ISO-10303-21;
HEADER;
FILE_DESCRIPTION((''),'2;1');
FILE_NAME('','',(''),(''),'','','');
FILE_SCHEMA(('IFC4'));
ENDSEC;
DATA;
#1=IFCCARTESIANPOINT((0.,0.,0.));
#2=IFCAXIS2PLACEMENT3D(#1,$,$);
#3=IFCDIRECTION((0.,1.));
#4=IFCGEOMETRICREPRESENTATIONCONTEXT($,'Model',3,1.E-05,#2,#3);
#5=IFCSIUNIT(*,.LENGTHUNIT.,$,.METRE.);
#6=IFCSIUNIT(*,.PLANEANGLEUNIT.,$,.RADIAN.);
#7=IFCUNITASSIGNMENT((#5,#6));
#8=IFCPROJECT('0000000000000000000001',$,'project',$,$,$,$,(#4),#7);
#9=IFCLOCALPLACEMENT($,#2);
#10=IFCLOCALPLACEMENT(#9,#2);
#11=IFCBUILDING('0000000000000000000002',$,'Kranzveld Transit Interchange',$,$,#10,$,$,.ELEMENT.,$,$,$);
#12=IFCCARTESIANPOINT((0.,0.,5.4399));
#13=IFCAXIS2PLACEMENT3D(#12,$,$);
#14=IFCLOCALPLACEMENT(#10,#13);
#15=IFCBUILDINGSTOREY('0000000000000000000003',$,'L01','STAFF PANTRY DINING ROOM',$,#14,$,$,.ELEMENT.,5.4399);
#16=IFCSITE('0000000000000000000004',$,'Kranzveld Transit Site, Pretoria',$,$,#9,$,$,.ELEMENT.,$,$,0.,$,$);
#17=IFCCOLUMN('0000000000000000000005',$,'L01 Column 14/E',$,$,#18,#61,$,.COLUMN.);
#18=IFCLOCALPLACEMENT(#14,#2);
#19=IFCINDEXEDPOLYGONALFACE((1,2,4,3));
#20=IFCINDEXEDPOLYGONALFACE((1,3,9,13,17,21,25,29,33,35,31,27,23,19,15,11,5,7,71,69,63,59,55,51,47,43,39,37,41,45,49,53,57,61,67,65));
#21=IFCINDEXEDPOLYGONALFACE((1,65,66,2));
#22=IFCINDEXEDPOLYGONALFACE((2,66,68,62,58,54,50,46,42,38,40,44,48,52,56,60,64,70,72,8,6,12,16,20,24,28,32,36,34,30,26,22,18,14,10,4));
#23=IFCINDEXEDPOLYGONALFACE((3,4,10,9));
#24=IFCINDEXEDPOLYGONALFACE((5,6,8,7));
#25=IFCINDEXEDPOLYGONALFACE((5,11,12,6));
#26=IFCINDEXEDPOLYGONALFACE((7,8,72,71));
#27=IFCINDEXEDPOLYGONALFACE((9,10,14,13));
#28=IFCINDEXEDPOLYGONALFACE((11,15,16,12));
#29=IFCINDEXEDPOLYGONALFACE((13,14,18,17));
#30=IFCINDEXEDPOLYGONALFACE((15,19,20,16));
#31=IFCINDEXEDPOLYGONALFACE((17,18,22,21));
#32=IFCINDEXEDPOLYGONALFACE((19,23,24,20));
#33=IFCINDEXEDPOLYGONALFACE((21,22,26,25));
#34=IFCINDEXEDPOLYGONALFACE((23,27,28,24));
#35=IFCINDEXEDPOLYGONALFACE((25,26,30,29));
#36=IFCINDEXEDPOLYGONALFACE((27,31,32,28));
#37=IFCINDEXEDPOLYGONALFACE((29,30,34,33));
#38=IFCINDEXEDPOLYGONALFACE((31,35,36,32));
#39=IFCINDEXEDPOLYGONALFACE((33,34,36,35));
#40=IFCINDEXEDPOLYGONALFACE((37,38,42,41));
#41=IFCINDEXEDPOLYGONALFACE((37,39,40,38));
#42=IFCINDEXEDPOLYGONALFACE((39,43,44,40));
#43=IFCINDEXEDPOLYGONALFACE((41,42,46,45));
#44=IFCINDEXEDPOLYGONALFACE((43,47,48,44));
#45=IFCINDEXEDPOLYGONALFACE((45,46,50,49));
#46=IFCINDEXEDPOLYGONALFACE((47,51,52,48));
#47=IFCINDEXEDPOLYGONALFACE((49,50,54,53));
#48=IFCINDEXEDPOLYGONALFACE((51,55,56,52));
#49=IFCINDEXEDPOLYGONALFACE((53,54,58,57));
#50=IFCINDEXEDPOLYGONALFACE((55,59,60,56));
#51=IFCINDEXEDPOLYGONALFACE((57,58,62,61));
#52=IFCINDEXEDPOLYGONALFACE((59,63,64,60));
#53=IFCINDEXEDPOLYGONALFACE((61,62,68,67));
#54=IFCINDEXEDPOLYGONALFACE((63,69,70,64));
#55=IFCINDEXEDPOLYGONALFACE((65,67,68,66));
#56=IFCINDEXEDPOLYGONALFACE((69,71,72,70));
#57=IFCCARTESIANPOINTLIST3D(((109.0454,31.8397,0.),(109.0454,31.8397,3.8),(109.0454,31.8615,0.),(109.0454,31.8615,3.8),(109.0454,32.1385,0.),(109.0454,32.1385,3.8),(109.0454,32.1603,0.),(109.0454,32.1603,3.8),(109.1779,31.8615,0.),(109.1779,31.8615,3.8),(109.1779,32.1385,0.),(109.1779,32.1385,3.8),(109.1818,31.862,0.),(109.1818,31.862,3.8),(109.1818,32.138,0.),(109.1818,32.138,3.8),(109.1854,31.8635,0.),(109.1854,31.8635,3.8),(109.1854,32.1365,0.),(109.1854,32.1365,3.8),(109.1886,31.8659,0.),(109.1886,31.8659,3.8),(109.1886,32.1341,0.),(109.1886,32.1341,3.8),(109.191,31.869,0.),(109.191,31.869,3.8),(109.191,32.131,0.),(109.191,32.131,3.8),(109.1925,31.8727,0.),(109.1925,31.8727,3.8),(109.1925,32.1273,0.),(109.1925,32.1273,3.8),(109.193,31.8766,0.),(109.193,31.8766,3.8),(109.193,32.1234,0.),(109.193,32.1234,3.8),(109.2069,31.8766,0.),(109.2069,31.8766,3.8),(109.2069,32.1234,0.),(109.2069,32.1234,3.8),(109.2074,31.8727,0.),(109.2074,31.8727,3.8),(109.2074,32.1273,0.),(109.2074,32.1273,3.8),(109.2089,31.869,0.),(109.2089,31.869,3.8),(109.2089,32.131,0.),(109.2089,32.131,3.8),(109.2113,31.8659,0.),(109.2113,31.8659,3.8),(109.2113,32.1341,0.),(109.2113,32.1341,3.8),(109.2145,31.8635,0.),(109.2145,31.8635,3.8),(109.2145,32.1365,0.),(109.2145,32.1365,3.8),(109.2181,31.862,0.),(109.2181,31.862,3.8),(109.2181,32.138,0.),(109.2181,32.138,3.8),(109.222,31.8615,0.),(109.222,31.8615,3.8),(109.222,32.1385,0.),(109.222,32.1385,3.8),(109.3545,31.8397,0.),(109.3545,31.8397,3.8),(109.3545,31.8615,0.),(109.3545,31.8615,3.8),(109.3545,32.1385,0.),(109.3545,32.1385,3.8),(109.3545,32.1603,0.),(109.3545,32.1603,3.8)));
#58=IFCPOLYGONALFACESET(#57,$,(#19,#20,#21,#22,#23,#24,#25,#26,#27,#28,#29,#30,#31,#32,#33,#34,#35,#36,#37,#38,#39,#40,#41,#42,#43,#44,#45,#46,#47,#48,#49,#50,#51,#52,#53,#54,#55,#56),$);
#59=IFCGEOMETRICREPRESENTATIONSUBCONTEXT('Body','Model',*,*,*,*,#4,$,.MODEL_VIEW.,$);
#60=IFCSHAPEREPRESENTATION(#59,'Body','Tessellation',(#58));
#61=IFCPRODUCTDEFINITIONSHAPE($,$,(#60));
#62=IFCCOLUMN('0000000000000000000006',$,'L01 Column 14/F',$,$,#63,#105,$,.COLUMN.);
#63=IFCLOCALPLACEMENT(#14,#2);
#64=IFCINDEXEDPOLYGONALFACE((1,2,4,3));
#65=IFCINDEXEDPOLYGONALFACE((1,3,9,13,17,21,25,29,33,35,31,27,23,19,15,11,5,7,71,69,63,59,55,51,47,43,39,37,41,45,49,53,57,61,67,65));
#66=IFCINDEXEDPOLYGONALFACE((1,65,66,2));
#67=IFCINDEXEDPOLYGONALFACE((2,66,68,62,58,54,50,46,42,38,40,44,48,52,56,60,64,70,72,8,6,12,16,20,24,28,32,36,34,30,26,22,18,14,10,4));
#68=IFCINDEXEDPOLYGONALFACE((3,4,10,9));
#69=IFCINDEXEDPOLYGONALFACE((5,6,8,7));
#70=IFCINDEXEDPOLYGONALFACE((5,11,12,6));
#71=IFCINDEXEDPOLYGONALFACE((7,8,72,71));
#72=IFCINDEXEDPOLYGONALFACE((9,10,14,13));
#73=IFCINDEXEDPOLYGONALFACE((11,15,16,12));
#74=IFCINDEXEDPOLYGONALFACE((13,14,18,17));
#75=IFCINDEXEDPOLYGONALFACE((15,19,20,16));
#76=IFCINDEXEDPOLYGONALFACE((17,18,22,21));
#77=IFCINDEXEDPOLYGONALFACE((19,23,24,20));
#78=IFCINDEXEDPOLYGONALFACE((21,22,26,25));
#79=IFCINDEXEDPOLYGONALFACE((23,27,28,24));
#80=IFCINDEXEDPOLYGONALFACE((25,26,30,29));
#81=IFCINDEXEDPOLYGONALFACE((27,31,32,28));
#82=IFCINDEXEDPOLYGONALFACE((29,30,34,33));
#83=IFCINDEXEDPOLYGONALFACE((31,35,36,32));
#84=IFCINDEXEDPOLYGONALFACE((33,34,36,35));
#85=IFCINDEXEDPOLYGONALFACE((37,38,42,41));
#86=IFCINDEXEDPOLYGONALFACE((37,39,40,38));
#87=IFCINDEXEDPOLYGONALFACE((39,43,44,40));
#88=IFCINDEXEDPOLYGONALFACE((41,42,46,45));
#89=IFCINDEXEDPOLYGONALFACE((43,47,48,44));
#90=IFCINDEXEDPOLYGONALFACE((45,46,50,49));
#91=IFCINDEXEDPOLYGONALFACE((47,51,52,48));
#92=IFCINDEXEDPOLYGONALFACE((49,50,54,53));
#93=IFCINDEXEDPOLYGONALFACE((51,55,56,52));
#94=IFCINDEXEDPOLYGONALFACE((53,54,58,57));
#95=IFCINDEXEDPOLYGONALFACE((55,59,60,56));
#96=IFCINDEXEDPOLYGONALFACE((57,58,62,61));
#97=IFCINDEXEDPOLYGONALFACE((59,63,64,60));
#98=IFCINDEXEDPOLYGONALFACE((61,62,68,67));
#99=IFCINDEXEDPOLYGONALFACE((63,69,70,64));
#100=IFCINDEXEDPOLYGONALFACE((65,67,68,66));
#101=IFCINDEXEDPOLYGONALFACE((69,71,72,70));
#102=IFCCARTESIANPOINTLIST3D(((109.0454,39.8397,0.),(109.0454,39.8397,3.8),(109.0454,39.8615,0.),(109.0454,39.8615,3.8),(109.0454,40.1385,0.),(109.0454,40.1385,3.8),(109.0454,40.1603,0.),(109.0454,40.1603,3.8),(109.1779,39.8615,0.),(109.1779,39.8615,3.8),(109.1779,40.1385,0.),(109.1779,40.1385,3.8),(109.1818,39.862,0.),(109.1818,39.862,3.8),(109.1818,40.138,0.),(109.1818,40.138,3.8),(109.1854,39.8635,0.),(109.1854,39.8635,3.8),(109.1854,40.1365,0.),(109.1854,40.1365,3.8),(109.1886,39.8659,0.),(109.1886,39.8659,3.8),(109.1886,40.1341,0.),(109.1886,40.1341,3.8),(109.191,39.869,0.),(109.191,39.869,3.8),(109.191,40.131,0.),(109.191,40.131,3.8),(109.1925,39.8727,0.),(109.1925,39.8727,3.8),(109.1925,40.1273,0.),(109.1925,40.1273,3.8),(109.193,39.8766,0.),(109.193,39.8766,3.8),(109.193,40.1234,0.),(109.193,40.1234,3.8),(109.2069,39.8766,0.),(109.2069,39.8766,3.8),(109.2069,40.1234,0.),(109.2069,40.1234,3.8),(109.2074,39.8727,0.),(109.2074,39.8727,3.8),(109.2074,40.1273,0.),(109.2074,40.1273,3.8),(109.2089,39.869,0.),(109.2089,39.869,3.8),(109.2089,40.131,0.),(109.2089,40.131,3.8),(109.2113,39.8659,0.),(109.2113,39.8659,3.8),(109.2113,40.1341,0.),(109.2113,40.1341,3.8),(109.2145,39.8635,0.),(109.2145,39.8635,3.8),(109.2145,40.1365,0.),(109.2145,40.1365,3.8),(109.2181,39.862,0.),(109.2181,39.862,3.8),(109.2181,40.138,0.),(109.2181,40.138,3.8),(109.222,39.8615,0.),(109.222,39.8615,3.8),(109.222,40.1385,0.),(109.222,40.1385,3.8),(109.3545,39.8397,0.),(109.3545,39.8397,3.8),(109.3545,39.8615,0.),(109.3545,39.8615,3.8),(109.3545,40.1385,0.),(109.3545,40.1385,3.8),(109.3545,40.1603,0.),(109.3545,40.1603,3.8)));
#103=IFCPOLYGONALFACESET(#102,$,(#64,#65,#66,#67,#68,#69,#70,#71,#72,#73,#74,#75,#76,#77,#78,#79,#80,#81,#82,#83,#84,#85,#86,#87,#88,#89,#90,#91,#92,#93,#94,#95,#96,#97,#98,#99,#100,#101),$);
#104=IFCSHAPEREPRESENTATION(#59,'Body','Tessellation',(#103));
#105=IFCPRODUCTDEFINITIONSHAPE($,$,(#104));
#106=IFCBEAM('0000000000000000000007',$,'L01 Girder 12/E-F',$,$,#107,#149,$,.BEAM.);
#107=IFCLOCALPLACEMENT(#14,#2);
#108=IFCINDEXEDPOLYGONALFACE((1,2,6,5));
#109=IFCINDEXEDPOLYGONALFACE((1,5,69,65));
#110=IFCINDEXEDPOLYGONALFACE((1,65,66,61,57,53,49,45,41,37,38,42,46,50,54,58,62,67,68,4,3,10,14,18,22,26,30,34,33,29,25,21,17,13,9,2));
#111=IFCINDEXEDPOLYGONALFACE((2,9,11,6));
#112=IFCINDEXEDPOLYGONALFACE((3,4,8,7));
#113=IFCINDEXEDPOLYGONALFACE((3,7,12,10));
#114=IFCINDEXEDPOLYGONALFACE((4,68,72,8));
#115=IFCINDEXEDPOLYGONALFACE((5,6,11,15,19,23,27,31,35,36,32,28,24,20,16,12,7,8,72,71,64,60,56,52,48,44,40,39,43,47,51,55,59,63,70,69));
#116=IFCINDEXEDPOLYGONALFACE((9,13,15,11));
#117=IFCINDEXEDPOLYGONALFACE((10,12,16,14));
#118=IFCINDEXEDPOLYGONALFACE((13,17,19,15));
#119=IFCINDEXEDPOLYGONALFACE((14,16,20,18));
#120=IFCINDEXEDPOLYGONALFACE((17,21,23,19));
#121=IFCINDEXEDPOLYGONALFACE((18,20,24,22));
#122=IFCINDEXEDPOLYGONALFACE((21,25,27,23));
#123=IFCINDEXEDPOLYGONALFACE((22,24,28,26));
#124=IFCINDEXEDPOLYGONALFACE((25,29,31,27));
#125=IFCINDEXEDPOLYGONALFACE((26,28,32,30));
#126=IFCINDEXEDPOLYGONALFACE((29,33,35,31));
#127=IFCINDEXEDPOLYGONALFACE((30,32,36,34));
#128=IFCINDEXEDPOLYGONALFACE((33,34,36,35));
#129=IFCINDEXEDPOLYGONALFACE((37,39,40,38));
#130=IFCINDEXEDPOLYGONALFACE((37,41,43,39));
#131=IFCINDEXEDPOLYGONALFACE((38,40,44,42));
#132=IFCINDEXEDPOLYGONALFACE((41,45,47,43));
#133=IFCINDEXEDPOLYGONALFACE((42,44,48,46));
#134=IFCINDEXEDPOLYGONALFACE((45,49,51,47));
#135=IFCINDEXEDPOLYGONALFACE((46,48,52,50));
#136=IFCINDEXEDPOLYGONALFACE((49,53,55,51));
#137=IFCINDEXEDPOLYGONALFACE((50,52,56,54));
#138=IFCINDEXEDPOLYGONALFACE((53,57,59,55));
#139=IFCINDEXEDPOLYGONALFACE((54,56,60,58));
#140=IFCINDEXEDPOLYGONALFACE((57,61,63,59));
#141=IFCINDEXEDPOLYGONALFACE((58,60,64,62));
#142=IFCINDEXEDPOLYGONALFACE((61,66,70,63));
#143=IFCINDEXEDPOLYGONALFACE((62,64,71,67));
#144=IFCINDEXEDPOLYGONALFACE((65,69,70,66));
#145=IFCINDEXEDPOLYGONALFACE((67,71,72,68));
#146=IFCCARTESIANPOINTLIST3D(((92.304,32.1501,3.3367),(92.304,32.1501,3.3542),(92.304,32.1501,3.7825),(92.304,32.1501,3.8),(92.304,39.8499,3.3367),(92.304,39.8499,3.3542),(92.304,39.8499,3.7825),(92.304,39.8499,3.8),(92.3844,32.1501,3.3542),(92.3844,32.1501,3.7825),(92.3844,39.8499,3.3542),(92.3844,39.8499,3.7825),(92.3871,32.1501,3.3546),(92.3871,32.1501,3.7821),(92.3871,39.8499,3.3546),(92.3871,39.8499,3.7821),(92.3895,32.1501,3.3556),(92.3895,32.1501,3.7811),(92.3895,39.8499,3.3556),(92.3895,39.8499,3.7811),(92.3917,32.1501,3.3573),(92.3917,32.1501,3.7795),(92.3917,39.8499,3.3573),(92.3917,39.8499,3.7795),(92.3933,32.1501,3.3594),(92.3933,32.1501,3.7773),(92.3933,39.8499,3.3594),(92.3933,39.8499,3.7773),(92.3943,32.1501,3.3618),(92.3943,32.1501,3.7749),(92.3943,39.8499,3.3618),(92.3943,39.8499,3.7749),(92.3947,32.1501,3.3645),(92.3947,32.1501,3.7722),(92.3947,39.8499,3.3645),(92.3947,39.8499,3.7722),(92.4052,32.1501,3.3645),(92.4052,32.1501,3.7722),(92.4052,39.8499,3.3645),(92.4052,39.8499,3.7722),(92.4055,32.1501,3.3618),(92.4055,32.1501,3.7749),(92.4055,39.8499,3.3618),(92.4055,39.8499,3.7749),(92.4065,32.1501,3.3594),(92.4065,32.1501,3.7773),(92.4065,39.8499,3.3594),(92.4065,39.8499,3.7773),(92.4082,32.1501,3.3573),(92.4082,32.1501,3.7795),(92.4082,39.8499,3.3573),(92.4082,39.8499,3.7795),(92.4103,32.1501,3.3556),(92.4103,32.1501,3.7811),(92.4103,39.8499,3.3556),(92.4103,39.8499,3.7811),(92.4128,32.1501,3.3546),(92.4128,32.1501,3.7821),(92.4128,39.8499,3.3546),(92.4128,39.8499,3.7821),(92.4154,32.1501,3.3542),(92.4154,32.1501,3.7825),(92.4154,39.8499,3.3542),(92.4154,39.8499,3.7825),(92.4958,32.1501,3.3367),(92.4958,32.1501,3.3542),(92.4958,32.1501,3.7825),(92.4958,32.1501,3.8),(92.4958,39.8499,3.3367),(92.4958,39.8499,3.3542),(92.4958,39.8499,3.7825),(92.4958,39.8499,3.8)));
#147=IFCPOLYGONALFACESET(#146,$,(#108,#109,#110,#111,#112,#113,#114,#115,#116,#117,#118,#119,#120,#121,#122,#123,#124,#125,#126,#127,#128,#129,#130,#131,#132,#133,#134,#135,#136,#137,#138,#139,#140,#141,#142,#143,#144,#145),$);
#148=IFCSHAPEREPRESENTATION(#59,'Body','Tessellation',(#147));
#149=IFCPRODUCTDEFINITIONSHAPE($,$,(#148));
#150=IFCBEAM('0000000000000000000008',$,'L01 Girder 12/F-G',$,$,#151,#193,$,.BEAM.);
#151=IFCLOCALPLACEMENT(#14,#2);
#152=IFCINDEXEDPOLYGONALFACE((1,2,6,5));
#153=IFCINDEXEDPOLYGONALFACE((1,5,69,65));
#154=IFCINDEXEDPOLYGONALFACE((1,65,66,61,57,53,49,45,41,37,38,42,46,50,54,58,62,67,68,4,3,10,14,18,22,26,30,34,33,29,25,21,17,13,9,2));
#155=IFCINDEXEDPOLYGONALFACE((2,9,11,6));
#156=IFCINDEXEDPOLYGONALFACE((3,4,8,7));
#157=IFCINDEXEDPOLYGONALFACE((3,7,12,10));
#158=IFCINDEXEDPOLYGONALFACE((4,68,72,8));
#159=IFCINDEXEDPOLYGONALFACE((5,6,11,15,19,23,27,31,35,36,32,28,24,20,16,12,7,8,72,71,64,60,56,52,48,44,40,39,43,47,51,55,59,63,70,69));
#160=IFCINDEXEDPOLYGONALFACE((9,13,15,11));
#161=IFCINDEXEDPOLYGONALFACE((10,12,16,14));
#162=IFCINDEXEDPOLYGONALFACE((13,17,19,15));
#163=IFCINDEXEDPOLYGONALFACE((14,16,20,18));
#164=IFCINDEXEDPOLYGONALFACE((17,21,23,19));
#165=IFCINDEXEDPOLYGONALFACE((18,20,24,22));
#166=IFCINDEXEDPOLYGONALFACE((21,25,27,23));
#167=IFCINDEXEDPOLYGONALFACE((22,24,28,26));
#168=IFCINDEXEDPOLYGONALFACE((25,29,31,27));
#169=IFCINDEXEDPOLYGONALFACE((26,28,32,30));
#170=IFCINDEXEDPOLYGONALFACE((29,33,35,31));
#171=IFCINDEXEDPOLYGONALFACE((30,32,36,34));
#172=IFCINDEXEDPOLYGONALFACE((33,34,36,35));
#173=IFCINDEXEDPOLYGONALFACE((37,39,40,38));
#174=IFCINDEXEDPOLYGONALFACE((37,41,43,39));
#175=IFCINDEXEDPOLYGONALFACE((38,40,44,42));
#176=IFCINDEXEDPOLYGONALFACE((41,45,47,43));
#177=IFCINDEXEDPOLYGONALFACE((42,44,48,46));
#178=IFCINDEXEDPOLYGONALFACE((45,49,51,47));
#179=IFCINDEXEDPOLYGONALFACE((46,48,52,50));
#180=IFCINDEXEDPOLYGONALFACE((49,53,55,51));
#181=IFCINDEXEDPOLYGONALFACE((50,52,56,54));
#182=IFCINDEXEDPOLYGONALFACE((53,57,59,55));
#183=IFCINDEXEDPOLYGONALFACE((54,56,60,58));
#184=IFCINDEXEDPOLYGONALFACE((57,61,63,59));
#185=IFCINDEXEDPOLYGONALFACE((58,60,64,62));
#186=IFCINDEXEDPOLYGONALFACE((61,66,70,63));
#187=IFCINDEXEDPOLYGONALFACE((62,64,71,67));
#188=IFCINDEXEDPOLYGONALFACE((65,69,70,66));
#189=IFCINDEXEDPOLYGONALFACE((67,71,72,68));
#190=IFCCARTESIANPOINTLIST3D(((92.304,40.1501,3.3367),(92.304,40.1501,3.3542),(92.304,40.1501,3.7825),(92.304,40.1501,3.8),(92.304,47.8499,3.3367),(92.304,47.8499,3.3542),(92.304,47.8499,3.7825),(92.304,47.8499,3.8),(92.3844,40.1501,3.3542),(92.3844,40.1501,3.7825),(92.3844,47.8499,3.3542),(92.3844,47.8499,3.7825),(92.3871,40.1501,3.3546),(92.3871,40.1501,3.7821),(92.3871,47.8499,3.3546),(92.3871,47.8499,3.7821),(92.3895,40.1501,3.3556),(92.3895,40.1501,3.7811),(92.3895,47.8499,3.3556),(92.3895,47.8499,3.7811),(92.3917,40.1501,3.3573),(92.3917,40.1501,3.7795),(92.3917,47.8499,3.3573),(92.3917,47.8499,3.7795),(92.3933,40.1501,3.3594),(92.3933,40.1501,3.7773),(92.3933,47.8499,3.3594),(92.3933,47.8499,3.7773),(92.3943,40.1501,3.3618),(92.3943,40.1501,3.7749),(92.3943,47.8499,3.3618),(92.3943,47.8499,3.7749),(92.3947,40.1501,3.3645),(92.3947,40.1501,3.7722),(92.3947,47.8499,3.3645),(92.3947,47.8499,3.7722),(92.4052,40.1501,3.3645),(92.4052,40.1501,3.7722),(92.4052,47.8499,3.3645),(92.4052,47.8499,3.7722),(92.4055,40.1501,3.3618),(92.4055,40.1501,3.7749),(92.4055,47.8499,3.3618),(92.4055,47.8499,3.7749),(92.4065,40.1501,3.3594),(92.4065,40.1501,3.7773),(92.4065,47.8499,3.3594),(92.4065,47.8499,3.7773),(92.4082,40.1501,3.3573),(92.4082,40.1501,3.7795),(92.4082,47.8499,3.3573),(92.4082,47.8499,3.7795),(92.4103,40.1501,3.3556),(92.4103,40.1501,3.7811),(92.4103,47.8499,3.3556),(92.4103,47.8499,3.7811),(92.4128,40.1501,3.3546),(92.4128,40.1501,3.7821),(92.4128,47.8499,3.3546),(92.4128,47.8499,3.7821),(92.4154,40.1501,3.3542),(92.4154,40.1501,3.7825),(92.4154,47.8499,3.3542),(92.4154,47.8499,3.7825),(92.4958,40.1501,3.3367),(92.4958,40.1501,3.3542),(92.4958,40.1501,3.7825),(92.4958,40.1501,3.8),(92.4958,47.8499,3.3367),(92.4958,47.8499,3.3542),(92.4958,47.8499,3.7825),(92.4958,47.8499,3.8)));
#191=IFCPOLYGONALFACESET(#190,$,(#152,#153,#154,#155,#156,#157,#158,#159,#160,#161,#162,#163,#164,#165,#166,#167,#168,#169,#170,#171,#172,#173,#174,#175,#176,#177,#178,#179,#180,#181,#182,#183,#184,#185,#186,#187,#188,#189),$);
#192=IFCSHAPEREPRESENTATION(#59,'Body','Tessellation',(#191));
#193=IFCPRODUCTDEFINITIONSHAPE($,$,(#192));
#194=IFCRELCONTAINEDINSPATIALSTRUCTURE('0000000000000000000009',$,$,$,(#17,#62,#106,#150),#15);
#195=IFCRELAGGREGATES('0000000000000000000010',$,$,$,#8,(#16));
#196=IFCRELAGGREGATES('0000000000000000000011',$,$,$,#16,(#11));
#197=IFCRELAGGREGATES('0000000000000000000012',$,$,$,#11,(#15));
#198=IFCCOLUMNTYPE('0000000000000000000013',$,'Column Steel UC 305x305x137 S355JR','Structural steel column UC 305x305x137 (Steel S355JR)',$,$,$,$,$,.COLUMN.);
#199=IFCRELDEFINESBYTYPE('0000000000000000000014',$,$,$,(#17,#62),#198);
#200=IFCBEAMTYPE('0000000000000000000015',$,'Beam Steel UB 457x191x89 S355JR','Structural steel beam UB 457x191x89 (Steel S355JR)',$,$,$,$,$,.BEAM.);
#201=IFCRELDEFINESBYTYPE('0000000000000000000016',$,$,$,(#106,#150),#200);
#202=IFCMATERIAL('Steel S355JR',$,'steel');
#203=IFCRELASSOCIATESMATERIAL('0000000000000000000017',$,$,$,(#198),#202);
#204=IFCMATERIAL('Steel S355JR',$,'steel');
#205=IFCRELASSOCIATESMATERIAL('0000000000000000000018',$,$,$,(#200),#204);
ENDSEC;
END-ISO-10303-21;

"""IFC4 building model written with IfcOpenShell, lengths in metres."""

from ifc_helpers import new_model, si_unit, direction, frame, origin, origin_2d, place, context, subcontext, project, spatial, i_section, extrude, material, material_profile, profile_set, type_object, element, save


model = new_model("IFC4")

# Units and contexts
model_context = context("Model", 3, precision=1e-05, world=origin(), true_north=direction((0.0, 1.0)))
body_context = subcontext(model_context, "Body", "Model", "MODEL_VIEW")
ifc_project = project(units=[si_unit("LENGTHUNIT", "METRE"), si_unit("PLANEANGLEUNIT", "RADIAN")], contexts=[model_context])

# Site, building, storey
site_placement = place(None, origin())
site = spatial("IfcSite", under=ifc_project, at=site_placement, Name="Kranzveld Transit Site, Pretoria", CompositionType="ELEMENT", RefElevation=0.0)
building_placement = place(site_placement, origin())
building = spatial("IfcBuilding", under=site, at=building_placement, Name="Kranzveld Transit Interchange", CompositionType="ELEMENT")
storey_placement = place(building_placement, frame((0.0, 0.0, 5.4399)))
storey = spatial("IfcBuildingStorey", under=building, at=storey_placement, Name="L01", Description="STAFF PANTRY DINING ROOM", CompositionType="ELEMENT", Elevation=5.4399)

# Columns
ifc_material_1 = material(Name="Steel S355JR", Category="steel")
ifc_material_profile_1 = material_profile(ifc_material_1, i_section(OverallWidth=0.3091, OverallDepth=0.3206, WebThickness=0.0139, FlangeThickness=0.0217, FilletRadius=0.0151, at=origin_2d()), Name="UC 305x305x137")
ifc_profile_set_1 = profile_set([ifc_material_profile_1], Name="Steel S355JR")
column_type = type_object("IfcColumnType", Name="Column Steel UC 305x305x137 S355JR", Description="Structural steel column UC 305x305x137 (Steel S355JR)", PredefinedType="COLUMN", material=ifc_profile_set_1)
for number, where, z_axis, x_axis, name in (
    (1, (109.2, 32.0, 0.0), (0.0, 0.0, 1.0), (1.0, 0.0, 0.0), "L01 Column 14/E"),
    (2, (109.2, 40.0, 0.0), (0.0, 0.0, 1.0), (1.0, 0.0, 0.0), "L01 Column 14/F"),
):
    element("IfcColumn", number, at=place(storey_placement, frame(where, z_axis=z_axis, x_axis=x_axis)), inside=storey, type_object=column_type, Name=name, PredefinedType="COLUMN", context=body_context, shape_type="SweptSolid", body=[
        extrude(i_section(OverallWidth=0.3091, OverallDepth=0.3206, WebThickness=0.0139, FlangeThickness=0.0217, FilletRadius=0.0151, at=origin_2d()), origin(), (0.0, 0.0, 1.0), 3.8),
    ])

# Beams
ifc_material_2 = material(Name="Steel S355JR", Category="steel")
ifc_material_profile_2 = material_profile(ifc_material_2, i_section(OverallWidth=0.1919, OverallDepth=0.4634, WebThickness=0.0105, FlangeThickness=0.0176, FilletRadius=0.0103, at=origin_2d()), Name="UB 457x191x89")
ifc_profile_set_2 = profile_set([ifc_material_profile_2], Name="Steel S355JR")
beam_type_1 = type_object("IfcBeamType", Name="Beam Steel UB 457x191x89 S355JR", Description="Structural steel beam UB 457x191x89 (Steel S355JR)", PredefinedType="BEAM", material=ifc_profile_set_2)
for number, where, z_axis, x_axis, name in (
    (3, (92.3999, 32.1501, 3.5684), (0.0, 1.0, 0.0), (-1.0, 0.0, 0.0), "L01 Girder 12/E-F"),
    (4, (92.3999, 40.1501, 3.5684), (0.0, 1.0, 0.0), (-1.0, 0.0, 0.0), "L01 Girder 12/F-G"),
):
    element("IfcBeam", number, at=place(storey_placement, frame(where, z_axis=z_axis, x_axis=x_axis)), inside=storey, type_object=beam_type_1, Name=name, PredefinedType="BEAM", context=body_context, shape_type="SweptSolid", body=[
        extrude(i_section(OverallWidth=0.1919, OverallDepth=0.4634, WebThickness=0.0105, FlangeThickness=0.0176, FilletRadius=0.0103, at=origin_2d()), origin(), (0.0, 0.0, 1.0), 7.6997),
    ])

save(model, "model.ifc")
